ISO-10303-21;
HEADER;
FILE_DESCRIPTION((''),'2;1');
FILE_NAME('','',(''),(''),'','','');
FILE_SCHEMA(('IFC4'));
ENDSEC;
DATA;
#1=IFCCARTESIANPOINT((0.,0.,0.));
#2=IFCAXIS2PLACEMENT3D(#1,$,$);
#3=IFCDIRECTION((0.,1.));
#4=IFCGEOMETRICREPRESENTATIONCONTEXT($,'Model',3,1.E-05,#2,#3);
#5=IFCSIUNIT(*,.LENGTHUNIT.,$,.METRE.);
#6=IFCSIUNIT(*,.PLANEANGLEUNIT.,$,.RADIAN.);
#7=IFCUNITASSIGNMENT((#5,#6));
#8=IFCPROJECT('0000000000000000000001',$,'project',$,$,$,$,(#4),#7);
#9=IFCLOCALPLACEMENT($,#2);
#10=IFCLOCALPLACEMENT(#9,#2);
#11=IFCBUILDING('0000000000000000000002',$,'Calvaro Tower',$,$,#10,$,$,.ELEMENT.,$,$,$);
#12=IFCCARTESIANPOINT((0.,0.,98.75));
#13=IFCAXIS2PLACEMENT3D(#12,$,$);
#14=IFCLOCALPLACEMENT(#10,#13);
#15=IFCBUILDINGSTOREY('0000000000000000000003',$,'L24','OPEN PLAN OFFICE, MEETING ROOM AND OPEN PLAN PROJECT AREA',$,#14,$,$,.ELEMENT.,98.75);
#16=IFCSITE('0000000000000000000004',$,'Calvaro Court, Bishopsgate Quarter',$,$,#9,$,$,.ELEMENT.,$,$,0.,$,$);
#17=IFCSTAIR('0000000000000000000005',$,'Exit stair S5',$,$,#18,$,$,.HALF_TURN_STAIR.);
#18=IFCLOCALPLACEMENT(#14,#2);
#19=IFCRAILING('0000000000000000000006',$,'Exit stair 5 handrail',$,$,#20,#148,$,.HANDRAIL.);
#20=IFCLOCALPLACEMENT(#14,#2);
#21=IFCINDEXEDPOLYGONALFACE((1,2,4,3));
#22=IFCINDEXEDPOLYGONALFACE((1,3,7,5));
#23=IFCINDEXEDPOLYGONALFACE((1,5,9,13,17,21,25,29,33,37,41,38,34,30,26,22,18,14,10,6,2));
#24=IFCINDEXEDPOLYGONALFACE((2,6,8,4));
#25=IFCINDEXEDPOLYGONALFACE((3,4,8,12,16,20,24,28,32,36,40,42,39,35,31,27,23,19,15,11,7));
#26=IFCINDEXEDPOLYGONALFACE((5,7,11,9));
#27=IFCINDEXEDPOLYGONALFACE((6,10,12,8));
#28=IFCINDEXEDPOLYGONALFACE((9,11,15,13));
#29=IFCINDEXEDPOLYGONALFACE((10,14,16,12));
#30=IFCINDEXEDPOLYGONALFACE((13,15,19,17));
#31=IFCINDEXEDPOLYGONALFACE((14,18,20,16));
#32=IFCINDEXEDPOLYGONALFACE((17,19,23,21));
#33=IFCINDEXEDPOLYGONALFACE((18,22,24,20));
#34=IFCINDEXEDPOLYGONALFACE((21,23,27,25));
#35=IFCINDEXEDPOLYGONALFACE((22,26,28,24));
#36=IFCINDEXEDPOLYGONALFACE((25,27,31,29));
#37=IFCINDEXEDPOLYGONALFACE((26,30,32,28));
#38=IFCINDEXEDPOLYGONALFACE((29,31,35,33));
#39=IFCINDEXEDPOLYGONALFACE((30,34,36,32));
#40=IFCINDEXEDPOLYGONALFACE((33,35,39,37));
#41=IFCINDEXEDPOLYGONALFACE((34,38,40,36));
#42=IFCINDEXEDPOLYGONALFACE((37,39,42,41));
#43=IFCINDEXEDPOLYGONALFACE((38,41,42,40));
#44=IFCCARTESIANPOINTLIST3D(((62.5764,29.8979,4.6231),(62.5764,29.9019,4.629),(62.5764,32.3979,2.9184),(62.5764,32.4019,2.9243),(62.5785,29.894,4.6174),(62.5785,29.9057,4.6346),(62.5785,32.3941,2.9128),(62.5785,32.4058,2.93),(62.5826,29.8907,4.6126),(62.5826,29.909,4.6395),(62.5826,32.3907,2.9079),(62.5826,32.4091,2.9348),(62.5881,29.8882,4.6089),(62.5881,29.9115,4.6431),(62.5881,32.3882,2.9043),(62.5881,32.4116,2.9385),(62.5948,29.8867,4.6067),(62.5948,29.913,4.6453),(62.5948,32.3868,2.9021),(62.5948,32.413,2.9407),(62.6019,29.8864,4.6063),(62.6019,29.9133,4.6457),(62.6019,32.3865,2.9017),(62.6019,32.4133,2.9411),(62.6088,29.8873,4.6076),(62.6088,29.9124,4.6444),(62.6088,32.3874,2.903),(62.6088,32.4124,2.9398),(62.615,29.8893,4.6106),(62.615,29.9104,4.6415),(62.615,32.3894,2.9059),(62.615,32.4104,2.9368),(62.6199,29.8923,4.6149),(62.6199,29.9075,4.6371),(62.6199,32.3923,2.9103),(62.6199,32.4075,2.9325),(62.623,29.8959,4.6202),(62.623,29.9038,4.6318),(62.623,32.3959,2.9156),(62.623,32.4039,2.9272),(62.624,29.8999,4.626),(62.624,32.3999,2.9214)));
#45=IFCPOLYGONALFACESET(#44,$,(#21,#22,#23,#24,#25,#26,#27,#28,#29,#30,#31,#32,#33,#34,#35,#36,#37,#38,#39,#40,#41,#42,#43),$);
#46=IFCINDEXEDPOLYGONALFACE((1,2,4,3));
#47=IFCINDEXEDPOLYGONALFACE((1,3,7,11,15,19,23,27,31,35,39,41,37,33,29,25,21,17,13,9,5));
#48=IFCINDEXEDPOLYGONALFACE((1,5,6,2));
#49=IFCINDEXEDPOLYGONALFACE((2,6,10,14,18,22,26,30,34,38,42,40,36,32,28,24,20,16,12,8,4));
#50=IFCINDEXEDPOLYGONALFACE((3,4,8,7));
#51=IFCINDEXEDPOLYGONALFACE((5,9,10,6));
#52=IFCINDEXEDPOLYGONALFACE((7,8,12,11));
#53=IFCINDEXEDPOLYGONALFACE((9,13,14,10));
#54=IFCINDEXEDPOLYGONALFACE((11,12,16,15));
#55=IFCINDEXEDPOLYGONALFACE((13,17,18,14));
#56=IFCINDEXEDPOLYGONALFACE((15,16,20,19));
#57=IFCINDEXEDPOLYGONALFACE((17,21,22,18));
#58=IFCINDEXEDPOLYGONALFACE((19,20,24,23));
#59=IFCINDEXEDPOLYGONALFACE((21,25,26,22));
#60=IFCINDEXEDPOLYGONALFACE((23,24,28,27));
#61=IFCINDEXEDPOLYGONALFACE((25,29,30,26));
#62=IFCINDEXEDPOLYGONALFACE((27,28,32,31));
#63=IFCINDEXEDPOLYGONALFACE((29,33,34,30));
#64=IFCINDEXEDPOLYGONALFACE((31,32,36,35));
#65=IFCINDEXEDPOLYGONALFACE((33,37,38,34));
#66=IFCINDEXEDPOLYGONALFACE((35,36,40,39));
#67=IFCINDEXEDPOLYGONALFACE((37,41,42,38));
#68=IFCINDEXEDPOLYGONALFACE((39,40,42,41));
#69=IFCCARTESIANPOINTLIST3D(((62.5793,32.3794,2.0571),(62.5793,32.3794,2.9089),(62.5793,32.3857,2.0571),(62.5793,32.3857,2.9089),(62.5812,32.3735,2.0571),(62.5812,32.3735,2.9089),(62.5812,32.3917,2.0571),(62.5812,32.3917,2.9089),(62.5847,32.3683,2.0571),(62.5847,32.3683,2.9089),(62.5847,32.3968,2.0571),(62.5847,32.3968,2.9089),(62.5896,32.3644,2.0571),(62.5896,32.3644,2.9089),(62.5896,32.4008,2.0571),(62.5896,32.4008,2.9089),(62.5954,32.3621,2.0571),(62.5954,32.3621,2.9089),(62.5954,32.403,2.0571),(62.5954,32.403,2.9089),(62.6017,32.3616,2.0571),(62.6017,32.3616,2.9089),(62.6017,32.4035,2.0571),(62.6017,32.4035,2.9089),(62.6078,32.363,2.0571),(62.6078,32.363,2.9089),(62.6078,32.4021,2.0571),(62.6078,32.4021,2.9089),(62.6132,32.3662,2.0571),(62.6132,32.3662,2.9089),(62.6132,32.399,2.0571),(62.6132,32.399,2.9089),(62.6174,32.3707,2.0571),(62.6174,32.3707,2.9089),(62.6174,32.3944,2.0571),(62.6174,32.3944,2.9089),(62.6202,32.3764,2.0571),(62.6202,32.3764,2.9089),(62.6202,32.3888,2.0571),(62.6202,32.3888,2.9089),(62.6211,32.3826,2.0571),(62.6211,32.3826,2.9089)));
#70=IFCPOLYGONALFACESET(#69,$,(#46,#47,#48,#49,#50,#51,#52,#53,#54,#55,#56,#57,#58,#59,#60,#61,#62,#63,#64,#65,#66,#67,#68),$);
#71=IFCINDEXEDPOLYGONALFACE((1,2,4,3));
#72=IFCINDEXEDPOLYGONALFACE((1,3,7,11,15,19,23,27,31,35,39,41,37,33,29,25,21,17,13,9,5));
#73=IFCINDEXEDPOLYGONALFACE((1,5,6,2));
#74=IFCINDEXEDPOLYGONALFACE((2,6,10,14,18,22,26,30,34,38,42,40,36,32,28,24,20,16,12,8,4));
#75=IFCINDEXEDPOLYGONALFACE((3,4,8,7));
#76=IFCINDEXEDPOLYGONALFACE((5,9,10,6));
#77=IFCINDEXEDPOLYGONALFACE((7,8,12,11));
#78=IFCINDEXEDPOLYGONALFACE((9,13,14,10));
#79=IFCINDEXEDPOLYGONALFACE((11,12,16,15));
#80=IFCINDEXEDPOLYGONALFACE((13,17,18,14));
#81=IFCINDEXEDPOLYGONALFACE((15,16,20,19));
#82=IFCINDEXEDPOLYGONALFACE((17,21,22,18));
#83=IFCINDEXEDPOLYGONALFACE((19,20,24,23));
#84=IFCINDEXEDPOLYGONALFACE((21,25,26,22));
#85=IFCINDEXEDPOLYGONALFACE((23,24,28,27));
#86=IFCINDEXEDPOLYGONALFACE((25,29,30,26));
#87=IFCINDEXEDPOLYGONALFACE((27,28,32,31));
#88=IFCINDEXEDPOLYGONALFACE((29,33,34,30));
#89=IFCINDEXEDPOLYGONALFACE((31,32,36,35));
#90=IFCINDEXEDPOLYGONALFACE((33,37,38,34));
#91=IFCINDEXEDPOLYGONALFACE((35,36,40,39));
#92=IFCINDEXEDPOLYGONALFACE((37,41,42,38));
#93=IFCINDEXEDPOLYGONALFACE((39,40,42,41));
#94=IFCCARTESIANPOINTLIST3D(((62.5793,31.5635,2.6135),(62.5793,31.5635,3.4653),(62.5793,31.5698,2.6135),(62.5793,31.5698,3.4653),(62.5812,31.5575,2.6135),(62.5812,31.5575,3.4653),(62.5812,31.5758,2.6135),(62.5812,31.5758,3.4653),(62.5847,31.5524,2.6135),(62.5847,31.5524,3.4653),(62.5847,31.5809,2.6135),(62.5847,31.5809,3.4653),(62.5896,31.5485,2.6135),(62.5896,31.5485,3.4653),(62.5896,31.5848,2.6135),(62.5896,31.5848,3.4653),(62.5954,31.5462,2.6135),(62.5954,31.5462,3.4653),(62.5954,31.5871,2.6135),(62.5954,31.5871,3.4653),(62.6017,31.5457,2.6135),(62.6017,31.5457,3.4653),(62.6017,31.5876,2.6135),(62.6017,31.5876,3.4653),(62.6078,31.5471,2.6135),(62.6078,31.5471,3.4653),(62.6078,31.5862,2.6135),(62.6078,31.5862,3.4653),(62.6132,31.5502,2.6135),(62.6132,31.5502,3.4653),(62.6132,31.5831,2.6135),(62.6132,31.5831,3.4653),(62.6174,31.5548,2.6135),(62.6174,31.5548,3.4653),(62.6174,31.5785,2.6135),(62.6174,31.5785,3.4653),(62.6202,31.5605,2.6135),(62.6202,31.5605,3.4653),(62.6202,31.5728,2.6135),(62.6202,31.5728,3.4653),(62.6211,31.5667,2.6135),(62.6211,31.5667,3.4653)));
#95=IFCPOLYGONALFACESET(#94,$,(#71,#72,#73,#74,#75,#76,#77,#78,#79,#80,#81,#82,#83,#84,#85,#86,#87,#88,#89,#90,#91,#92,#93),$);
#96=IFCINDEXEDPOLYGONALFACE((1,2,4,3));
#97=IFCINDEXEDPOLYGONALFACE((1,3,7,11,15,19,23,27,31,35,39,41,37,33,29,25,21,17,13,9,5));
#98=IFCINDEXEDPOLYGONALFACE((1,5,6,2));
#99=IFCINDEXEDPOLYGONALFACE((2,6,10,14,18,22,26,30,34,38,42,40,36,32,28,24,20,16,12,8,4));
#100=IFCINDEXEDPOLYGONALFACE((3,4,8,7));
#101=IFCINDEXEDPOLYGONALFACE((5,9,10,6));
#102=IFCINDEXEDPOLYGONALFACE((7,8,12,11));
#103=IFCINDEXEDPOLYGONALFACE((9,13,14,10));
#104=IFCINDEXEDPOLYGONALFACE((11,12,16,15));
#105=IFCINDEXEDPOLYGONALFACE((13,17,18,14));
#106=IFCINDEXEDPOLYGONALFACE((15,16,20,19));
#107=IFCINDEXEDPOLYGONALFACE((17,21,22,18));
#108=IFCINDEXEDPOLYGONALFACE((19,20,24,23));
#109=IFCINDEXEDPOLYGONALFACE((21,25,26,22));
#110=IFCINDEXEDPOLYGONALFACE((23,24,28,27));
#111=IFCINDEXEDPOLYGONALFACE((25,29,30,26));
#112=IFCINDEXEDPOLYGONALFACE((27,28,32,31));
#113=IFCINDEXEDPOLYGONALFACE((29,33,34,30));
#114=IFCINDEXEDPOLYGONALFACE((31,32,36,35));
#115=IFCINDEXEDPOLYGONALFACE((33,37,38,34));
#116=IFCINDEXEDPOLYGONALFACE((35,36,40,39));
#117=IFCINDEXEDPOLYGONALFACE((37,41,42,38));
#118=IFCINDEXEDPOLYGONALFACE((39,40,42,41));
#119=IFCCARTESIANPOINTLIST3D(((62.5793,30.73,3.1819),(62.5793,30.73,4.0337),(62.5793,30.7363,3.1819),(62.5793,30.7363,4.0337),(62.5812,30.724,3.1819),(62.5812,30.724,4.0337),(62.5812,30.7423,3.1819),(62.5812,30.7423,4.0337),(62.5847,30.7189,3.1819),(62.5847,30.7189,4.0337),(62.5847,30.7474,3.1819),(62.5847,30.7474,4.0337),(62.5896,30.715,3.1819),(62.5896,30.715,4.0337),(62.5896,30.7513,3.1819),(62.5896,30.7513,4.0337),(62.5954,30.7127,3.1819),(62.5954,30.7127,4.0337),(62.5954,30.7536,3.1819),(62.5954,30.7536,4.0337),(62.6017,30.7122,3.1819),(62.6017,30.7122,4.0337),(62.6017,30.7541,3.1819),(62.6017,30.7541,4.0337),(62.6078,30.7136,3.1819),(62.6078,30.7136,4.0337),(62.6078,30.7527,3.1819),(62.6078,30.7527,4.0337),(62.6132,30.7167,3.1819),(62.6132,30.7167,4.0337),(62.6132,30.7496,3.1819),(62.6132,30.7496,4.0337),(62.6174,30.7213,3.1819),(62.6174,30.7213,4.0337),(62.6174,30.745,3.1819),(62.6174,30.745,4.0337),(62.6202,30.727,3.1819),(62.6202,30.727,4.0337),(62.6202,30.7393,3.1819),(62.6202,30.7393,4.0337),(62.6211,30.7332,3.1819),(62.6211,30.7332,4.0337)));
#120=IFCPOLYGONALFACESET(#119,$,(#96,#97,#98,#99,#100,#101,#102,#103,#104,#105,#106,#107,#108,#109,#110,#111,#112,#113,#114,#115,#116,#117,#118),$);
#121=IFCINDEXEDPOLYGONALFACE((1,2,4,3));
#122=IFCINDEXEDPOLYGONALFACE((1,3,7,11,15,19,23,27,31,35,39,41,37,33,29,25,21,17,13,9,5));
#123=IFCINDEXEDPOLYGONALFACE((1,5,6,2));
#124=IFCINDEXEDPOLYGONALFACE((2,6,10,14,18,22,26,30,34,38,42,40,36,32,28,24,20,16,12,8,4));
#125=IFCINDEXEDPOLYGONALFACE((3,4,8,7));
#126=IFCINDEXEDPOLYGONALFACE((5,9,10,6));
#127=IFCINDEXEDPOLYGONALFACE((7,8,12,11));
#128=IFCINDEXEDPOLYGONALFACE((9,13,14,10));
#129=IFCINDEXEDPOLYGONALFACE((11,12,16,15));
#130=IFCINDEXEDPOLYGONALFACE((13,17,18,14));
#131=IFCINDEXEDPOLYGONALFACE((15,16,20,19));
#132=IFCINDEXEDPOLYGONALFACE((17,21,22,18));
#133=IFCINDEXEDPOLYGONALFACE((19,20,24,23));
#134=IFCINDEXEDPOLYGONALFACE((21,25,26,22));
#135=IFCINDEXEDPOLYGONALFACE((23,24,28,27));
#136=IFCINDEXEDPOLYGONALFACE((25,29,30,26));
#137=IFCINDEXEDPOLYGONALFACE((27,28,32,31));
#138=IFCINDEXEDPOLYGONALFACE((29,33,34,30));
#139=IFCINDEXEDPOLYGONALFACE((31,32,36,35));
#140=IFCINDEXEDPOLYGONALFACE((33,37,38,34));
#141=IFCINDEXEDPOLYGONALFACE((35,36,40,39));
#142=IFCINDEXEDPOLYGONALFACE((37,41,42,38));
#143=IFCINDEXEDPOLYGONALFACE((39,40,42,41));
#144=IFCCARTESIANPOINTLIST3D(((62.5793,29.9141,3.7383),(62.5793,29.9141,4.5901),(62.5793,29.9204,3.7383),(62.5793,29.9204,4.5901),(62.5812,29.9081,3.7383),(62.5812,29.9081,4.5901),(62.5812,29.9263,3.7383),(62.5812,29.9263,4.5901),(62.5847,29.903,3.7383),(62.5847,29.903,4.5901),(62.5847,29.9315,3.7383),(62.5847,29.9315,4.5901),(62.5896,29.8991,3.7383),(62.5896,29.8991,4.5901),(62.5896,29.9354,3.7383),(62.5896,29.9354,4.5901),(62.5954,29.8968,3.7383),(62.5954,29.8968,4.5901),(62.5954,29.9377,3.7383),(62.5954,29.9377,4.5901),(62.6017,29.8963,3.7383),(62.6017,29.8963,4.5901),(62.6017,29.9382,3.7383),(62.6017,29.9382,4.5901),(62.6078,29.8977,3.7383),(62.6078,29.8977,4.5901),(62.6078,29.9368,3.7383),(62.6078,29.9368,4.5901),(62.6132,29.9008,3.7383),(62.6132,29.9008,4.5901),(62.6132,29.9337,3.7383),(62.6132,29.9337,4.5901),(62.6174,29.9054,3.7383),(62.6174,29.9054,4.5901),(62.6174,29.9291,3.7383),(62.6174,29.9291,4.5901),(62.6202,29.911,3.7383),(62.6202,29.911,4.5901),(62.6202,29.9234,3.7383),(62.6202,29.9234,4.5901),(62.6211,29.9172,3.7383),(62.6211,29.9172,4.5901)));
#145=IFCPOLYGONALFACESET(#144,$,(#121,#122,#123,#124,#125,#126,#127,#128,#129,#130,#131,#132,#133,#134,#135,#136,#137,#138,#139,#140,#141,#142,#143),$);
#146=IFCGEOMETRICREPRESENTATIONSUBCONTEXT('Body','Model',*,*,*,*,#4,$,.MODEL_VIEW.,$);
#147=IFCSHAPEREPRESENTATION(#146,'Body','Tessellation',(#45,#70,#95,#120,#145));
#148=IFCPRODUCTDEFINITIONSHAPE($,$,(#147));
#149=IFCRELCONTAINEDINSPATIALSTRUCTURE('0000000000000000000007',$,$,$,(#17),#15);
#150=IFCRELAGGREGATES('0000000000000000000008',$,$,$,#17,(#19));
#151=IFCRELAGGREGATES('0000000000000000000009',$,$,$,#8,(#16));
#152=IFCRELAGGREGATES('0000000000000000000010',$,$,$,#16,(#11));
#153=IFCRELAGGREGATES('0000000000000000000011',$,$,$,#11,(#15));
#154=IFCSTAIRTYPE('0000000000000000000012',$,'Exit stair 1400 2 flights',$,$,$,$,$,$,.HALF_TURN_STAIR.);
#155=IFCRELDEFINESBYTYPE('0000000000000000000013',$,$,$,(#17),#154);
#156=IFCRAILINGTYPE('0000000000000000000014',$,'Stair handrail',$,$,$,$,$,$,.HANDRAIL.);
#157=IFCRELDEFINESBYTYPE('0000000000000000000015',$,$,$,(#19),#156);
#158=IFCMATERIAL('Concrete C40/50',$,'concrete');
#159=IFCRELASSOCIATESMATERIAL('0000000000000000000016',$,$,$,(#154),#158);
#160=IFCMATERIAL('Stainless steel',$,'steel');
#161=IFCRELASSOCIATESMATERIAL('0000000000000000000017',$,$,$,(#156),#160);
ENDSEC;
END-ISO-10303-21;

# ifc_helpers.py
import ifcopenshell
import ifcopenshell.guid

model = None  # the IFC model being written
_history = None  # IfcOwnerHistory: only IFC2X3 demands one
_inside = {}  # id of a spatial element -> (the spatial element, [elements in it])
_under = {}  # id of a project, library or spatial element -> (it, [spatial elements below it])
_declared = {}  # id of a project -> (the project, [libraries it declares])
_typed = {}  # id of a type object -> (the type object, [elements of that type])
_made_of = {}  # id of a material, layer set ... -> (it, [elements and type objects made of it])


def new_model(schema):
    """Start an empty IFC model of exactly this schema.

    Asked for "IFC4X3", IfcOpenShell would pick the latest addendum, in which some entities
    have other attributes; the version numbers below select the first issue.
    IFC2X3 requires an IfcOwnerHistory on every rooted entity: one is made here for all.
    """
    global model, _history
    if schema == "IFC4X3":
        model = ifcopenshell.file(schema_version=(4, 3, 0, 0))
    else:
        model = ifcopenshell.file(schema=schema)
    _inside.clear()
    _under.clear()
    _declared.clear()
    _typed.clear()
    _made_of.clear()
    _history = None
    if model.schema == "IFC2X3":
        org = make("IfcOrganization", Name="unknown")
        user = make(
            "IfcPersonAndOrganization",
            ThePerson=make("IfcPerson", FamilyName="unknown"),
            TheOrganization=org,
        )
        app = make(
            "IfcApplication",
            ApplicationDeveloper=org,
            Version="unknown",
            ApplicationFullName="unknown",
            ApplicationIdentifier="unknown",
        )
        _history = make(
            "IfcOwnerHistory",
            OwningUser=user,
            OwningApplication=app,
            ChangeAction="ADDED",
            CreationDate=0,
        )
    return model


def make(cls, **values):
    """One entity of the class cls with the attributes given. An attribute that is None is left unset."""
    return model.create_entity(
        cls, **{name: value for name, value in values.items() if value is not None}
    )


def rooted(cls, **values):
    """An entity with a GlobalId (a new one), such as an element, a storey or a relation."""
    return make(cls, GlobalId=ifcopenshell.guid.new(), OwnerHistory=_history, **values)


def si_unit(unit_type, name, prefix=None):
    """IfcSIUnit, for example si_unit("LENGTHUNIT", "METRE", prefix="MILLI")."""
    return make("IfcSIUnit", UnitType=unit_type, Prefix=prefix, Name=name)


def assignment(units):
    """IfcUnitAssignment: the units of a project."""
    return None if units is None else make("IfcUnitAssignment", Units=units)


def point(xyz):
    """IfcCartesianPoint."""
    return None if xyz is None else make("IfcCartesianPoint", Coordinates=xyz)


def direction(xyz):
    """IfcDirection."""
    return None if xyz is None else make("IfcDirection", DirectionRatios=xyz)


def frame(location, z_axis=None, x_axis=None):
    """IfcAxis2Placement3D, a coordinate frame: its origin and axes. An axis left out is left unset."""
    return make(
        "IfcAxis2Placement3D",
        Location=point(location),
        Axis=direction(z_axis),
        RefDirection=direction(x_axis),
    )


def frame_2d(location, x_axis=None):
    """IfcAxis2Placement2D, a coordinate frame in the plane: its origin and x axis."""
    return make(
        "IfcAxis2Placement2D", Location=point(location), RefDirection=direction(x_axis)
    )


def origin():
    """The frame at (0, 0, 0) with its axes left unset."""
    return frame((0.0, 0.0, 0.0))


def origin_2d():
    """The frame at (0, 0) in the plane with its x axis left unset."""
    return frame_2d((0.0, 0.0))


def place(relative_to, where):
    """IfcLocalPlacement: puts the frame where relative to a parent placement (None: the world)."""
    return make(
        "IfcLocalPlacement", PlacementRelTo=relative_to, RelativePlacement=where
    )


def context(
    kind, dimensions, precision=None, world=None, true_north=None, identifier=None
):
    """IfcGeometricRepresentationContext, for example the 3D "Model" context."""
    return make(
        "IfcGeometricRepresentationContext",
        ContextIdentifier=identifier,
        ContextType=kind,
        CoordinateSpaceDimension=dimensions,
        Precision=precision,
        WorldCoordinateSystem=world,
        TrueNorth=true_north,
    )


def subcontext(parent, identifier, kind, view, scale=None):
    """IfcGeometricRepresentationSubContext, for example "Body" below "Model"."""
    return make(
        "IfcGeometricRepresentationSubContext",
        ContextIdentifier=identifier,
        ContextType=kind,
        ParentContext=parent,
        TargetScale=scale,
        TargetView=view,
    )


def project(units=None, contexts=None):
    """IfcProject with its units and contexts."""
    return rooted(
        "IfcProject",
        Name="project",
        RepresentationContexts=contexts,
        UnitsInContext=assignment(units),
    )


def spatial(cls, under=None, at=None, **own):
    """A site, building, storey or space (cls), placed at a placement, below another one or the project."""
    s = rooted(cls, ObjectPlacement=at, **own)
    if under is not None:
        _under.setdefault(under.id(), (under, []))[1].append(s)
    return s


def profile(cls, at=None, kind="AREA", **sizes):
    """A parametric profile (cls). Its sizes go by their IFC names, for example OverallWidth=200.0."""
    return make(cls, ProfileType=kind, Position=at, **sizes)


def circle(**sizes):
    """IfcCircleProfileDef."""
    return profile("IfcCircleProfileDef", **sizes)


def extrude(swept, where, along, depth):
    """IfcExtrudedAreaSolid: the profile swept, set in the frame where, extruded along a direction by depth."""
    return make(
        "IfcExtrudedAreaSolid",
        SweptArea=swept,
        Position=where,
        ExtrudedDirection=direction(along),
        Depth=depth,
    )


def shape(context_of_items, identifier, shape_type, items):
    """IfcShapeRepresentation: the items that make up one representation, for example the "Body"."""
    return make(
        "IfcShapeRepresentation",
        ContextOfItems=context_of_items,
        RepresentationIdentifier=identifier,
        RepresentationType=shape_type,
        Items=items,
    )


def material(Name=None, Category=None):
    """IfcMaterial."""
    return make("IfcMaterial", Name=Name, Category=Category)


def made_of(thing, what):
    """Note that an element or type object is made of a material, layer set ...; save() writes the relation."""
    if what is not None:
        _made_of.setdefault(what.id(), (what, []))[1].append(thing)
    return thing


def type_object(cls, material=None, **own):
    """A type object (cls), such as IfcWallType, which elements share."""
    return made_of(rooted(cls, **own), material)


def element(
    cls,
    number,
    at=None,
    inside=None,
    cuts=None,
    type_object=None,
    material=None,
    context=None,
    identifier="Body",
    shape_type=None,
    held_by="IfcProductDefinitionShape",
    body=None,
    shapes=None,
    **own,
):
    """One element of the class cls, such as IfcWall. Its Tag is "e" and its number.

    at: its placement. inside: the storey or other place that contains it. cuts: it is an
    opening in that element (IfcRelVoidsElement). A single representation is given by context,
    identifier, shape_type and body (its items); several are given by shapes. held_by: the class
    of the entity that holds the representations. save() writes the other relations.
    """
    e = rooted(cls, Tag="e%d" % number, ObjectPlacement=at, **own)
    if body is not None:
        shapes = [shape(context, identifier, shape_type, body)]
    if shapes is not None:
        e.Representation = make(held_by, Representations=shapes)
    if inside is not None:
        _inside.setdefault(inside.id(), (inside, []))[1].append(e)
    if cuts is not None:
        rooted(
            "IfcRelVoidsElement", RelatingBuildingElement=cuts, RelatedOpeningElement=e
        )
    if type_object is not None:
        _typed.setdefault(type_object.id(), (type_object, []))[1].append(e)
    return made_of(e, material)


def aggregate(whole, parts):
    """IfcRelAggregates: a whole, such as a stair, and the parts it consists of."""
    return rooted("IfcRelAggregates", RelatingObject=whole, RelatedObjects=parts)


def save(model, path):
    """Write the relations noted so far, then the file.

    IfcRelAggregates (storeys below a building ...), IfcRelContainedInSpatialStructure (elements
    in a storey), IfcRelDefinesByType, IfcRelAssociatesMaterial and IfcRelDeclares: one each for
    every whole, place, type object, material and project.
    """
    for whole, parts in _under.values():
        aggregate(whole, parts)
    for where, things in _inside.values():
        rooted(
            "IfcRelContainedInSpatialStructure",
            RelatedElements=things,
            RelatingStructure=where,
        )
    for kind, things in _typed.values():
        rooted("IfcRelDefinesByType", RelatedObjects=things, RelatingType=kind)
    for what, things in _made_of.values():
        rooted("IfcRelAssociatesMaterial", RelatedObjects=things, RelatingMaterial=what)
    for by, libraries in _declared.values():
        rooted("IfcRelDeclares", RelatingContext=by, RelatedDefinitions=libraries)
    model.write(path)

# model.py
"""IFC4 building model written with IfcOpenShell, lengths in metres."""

from ifc_helpers import new_model, si_unit, direction, frame, origin, origin_2d, place, context, subcontext, project, spatial, circle, extrude, material, type_object, element, aggregate, save


model = new_model("IFC4")

# Units and contexts
model_context = context("Model", 3, precision=1e-05, world=origin(), true_north=direction((0.0, 1.0)))
body_context = subcontext(model_context, "Body", "Model", "MODEL_VIEW")
ifc_project = project(units=[si_unit("LENGTHUNIT", "METRE"), si_unit("PLANEANGLEUNIT", "RADIAN")], contexts=[model_context])

# Site, building, storey
site_placement = place(None, origin())
site = spatial("IfcSite", under=ifc_project, at=site_placement, Name="Calvaro Court, Bishopsgate Quarter", CompositionType="ELEMENT", RefElevation=0.0)
building_placement = place(site_placement, origin())
building = spatial("IfcBuilding", under=site, at=building_placement, Name="Calvaro Tower", CompositionType="ELEMENT")
storey_placement = place(building_placement, frame((0.0, 0.0, 98.75)))
storey = spatial("IfcBuildingStorey", under=building, at=storey_placement, Name="L24", Description="OPEN PLAN OFFICE, MEETING ROOM AND OPEN PLAN PROJECT AREA", CompositionType="ELEMENT", Elevation=98.75)

# Stair
ifc_material_1 = material(Name="Concrete C40/50", Category="concrete")
stair_type = type_object("IfcStairType", Name="Exit stair 1400 2 flights", PredefinedType="HALF_TURN_STAIR", material=ifc_material_1)
stair_1_placement = place(storey_placement, origin())
stair_1 = element("IfcStair", 1, at=stair_1_placement, inside=storey, type_object=stair_type, Name="Exit stair S5", PredefinedType="HALF_TURN_STAIR")

# Shared definitions
ifc_material_2 = material(Name="Stainless steel", Category="steel")
railing_type = type_object("IfcRailingType", Name="Stair handrail", PredefinedType="HANDRAIL", material=ifc_material_2)

# Railing
railing_1_placement = place(storey_placement, frame((62.6001, 32.3999, 2.0454)))
railing_1 = element("IfcRailing", 2, at=railing_1_placement, type_object=railing_type, Name="Exit stair 5 handrail", PredefinedType="HANDRAIL", context=body_context, shape_type="SweptSolid", body=[
    extrude(circle(Radius=0.0239, at=origin_2d()), frame((0.0, 0.0, 0.876), z_axis=(0.0, -0.826221, 0.563347), x_axis=(1.0, 0.0, 0.0)), (0.0, 0.0, 1.0), 3.0259),
    extrude(circle(Radius=0.021, at=origin_2d()), frame((0.0, -0.0173, 0.0117)), (0.0, 0.0, 1.0), 0.8518),
    extrude(circle(Radius=0.021, at=origin_2d()), frame((0.0, -0.8333, 0.5681)), (0.0, 0.0, 1.0), 0.8518),
    extrude(circle(Radius=0.021, at=origin_2d()), frame((0.0, -1.6667, 1.1365)), (0.0, 0.0, 1.0), 0.8518),
    extrude(circle(Radius=0.021, at=origin_2d()), frame((0.0, -2.4827, 1.6929)), (0.0, 0.0, 1.0), 0.8518),
])
aggregate(stair_1, [railing_1])

save(model, "model.ifc")
